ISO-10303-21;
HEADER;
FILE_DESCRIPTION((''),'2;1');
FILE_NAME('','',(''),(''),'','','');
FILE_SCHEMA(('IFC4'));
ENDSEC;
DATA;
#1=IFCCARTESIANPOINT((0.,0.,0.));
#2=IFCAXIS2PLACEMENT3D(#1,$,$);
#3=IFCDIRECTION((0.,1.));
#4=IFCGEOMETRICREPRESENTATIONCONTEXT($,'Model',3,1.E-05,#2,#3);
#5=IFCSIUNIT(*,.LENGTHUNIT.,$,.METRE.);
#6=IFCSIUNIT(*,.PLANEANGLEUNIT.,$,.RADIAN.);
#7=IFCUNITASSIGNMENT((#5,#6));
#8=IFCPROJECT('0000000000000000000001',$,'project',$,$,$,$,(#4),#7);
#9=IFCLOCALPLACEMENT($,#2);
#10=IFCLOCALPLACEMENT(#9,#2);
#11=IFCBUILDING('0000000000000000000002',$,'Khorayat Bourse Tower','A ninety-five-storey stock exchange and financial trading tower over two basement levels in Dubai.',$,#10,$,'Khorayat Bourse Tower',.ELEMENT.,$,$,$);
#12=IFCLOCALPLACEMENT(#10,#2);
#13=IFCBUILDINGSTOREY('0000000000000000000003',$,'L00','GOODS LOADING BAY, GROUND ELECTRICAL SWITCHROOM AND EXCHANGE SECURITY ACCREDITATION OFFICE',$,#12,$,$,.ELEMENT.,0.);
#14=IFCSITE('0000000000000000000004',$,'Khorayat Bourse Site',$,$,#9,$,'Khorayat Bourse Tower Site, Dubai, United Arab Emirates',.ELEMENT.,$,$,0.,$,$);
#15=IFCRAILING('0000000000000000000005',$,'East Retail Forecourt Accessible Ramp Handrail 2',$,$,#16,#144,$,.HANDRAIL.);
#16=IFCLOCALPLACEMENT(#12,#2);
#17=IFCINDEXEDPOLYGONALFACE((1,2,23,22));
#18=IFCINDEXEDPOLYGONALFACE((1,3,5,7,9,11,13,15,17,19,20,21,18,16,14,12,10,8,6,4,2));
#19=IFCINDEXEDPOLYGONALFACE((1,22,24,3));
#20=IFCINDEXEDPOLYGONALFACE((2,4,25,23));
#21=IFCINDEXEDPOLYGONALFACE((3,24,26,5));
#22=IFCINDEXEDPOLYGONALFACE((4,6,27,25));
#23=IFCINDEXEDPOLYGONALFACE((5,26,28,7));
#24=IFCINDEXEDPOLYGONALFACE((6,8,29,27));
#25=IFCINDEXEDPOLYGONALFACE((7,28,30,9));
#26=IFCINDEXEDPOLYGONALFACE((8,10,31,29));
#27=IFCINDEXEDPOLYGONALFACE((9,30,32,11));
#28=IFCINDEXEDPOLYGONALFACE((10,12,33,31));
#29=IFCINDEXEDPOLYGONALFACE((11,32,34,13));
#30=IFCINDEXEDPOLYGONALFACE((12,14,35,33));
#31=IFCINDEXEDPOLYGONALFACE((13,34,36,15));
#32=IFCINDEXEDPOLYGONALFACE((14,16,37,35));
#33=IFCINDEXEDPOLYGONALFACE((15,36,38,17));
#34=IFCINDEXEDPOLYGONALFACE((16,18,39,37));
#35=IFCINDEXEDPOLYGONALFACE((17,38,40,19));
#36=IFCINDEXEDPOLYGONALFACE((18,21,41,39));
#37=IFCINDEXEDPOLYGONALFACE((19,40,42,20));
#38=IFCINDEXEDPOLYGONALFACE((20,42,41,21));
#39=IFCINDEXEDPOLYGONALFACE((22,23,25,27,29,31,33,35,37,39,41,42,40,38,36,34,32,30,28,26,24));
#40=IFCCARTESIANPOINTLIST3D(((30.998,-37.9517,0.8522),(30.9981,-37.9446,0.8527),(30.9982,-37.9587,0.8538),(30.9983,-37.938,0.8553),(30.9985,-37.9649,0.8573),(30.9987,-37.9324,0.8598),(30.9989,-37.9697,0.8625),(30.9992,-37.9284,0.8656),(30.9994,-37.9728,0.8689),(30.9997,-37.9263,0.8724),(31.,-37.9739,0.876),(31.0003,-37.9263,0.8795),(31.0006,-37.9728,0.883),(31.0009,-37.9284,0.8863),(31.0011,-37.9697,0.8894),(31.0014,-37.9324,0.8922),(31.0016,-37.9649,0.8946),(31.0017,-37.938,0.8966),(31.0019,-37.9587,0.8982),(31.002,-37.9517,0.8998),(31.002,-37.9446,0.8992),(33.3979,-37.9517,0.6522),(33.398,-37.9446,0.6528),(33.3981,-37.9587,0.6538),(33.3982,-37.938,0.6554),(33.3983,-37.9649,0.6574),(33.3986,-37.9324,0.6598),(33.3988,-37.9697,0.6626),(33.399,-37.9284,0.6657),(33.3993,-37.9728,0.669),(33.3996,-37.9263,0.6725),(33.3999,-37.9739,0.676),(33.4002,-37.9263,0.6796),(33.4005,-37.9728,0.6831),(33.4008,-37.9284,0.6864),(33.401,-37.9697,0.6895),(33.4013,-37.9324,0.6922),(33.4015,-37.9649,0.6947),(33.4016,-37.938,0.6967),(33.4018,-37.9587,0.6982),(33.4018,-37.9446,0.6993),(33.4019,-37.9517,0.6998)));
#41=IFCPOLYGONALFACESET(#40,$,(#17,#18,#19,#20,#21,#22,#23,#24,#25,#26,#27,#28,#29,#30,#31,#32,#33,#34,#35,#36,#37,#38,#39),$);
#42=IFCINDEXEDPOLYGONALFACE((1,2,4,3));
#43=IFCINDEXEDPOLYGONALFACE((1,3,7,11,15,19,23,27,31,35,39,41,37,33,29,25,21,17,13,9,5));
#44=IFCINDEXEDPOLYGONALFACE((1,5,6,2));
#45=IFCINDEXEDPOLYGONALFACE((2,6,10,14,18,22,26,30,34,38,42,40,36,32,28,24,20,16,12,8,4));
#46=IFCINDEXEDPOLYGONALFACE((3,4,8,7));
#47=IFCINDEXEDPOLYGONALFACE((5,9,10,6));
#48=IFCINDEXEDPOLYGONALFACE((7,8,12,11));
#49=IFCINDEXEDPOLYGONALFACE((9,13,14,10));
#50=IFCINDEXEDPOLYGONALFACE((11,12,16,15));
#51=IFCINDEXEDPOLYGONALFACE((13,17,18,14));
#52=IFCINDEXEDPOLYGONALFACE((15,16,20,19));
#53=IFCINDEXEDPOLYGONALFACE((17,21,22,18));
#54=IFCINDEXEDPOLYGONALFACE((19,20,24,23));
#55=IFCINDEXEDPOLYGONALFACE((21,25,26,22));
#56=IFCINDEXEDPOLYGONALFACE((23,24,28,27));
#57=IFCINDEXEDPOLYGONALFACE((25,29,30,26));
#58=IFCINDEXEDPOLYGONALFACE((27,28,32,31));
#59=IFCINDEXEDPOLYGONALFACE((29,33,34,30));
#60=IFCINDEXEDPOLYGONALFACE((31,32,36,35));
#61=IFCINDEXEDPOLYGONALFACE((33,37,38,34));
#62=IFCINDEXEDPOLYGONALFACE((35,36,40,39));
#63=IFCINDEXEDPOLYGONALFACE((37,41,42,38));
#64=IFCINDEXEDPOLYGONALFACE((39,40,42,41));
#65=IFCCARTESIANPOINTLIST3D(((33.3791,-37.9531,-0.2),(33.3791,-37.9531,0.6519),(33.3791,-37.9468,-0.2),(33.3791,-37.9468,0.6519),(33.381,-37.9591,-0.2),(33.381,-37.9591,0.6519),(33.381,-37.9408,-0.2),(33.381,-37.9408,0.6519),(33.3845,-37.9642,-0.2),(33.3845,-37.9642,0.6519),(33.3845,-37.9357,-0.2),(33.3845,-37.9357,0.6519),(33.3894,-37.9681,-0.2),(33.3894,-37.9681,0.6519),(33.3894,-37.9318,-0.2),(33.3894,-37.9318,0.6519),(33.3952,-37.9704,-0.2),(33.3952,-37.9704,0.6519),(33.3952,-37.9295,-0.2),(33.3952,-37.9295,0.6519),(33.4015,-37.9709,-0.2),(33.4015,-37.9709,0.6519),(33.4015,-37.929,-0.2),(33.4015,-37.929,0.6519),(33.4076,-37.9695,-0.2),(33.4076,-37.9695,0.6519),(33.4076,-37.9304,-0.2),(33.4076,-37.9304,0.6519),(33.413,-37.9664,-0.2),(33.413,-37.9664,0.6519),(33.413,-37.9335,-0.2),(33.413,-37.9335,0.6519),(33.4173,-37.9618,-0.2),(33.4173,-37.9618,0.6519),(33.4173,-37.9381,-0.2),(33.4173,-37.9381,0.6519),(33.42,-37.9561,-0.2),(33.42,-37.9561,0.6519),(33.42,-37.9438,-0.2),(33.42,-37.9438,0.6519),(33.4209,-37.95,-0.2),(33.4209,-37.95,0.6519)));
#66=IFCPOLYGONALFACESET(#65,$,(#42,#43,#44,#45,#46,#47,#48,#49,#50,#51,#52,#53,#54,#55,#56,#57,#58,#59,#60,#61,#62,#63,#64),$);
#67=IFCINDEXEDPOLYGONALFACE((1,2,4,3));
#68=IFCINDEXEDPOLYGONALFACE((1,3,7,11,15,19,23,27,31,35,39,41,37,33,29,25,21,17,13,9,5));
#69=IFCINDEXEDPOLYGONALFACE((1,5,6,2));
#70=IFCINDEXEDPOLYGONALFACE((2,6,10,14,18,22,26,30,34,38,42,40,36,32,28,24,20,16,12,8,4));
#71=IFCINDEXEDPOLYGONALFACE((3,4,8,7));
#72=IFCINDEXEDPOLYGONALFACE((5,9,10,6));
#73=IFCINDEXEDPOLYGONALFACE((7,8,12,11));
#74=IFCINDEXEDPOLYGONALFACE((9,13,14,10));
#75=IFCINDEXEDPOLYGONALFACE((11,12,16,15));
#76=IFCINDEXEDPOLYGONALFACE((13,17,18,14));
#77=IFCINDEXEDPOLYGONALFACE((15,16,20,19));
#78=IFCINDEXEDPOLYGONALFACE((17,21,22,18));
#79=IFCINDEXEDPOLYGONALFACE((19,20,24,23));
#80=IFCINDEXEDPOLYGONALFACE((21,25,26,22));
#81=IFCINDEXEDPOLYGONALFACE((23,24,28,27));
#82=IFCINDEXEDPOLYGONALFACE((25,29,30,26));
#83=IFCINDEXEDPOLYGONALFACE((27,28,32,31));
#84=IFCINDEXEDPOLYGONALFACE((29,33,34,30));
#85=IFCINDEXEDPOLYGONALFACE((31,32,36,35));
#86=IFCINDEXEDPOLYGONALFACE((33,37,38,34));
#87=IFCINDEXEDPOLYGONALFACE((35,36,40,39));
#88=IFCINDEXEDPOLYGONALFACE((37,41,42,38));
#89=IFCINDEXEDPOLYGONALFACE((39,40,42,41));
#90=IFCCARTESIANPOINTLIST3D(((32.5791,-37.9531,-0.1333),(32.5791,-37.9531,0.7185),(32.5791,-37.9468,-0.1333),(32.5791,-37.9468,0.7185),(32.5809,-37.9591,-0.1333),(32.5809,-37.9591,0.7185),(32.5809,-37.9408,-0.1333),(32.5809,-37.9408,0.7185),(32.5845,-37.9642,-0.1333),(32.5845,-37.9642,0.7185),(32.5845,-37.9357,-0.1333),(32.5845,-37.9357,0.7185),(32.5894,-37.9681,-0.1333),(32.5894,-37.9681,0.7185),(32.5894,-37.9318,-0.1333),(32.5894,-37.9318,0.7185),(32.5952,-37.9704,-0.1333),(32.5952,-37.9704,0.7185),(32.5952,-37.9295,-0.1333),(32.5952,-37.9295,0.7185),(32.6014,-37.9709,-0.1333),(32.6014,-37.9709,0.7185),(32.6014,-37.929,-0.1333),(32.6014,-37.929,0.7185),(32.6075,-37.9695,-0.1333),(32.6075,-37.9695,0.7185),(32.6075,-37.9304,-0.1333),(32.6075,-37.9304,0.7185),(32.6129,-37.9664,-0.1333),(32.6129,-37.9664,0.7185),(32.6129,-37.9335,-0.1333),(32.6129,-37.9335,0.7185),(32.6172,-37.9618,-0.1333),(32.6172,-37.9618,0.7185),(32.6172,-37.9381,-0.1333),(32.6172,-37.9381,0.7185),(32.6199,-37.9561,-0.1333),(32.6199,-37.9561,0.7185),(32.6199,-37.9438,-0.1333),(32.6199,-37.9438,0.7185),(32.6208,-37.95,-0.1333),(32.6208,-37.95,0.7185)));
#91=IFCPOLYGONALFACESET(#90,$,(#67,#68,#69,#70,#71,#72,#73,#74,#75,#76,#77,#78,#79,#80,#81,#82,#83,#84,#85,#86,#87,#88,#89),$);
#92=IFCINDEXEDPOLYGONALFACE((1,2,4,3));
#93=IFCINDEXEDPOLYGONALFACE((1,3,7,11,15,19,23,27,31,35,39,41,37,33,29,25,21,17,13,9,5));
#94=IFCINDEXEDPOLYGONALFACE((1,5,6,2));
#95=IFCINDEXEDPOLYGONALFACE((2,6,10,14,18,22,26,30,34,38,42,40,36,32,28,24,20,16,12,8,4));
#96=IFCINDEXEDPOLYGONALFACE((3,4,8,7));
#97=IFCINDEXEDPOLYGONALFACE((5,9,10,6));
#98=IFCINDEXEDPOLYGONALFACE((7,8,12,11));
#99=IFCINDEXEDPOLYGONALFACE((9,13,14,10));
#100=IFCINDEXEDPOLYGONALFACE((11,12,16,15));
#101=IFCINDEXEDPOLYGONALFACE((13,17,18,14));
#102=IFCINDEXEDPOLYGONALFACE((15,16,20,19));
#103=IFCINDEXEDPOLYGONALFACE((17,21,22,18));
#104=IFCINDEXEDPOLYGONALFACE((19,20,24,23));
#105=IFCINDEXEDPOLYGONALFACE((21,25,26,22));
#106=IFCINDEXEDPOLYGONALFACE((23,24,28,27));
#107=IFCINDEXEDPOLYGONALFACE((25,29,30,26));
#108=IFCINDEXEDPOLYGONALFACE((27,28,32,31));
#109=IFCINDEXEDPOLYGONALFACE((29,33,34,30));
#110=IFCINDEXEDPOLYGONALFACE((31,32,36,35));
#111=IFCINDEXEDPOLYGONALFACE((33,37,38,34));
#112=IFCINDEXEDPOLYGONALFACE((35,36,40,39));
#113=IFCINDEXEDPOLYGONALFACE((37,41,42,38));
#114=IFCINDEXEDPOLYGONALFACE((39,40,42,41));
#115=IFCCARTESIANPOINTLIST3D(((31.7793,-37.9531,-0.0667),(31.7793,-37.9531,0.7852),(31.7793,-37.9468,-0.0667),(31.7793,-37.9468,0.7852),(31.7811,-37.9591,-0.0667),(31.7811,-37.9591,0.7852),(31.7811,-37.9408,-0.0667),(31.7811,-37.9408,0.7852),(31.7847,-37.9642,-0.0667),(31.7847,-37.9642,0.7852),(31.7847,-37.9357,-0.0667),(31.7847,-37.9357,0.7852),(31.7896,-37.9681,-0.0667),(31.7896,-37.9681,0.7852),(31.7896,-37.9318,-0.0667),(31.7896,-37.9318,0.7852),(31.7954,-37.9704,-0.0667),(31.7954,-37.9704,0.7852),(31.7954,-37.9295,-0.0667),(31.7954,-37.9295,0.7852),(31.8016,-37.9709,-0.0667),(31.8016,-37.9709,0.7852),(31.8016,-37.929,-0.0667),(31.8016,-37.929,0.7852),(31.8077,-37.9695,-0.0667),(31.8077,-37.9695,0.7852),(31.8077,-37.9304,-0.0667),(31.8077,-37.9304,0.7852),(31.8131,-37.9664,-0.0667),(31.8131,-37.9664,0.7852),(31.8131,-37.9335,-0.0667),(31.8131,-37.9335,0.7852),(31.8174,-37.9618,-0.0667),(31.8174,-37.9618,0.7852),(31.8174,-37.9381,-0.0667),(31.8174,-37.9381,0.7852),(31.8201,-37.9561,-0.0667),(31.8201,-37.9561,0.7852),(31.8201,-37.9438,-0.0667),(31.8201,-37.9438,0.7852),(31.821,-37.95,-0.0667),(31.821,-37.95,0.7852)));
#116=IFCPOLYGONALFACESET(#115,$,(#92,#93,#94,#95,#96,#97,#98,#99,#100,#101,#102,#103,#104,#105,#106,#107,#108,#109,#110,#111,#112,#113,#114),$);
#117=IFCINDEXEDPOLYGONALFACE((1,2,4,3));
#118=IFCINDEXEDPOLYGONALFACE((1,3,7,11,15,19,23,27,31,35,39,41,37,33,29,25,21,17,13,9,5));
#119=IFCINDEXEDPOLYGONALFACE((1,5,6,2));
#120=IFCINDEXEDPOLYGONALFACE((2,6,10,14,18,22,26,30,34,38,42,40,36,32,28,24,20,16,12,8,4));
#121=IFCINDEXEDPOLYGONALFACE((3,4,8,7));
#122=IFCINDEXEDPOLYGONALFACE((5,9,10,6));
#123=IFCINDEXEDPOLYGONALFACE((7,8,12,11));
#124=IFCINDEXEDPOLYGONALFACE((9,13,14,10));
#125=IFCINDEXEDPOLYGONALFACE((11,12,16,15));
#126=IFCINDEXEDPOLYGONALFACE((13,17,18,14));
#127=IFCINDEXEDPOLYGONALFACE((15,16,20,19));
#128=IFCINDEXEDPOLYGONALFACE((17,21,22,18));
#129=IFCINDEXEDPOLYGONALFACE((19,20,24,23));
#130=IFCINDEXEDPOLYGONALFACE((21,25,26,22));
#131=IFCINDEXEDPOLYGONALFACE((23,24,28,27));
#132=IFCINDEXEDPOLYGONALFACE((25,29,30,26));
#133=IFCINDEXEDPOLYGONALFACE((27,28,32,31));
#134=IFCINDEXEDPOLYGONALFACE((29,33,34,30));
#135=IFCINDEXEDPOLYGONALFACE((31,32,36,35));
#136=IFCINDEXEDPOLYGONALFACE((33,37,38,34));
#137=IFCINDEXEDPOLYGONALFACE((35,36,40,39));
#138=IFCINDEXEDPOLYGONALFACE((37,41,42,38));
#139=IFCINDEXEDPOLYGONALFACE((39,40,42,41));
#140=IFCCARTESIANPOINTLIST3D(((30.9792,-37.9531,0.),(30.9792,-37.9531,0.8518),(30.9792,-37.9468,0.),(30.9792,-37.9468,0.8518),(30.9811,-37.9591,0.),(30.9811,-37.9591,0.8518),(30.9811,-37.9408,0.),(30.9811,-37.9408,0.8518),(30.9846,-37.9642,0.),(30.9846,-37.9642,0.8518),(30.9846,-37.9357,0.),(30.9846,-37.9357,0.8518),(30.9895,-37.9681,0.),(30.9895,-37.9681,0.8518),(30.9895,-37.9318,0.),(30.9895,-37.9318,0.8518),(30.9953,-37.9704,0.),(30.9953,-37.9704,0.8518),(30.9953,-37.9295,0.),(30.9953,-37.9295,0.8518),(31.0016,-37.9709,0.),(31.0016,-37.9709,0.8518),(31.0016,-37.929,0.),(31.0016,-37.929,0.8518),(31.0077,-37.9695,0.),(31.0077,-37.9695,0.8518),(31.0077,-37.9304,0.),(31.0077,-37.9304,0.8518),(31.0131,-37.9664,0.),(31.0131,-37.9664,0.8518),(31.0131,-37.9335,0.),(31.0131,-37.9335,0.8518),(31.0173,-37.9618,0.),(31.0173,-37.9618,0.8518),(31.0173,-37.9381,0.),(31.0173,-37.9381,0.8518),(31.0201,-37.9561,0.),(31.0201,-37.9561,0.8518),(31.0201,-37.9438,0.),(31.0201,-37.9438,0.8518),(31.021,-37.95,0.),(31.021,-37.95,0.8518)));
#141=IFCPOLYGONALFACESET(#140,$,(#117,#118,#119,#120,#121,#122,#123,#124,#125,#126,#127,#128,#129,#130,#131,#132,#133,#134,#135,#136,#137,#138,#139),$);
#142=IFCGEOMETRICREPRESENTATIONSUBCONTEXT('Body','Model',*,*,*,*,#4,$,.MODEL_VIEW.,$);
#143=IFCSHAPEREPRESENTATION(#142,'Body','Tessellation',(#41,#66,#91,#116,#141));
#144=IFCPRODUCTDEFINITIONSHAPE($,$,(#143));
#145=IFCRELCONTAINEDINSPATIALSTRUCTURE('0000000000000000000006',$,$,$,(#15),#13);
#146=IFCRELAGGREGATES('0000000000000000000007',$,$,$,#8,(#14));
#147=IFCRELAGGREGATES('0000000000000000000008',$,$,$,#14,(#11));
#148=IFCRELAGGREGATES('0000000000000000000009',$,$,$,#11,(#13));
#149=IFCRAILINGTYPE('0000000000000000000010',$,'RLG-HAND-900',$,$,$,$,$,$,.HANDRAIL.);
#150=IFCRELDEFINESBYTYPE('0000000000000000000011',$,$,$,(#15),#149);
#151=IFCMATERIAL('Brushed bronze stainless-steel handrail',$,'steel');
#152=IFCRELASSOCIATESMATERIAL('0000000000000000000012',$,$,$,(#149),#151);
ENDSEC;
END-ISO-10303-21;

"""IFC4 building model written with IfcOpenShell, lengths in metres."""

from ifc_helpers import new_model, si_unit, direction, frame, origin, origin_2d, place, context, subcontext, project, spatial, circle, extrude, source, transform, mapped, material, type_object, element, save


model = new_model("IFC4")

# Units and contexts
model_context = context("Model", 3, precision=1e-05, world=origin(), true_north=direction((0.0, 1.0)))
body_context = subcontext(model_context, "Body", "Model", "MODEL_VIEW")
ifc_project = project(units=[si_unit("LENGTHUNIT", "METRE"), si_unit("PLANEANGLEUNIT", "RADIAN")], contexts=[model_context])

# Site, building, storey
site_placement = place(None, origin())
site = spatial("IfcSite", under=ifc_project, at=site_placement, Name="Khorayat Bourse Site", LongName="Khorayat Bourse Tower Site, Dubai, United Arab Emirates", CompositionType="ELEMENT", RefElevation=0.0)
building_placement = place(site_placement, origin())
building = spatial("IfcBuilding", under=site, at=building_placement, Name="Khorayat Bourse Tower", Description="A ninety-five-storey stock exchange and financial trading tower over two basement levels in Dubai.", LongName="Khorayat Bourse Tower", CompositionType="ELEMENT")
storey_placement = place(building_placement, origin())
storey = spatial("IfcBuildingStorey", under=building, at=storey_placement, Name="L00", Description="GOODS LOADING BAY, GROUND ELECTRICAL SWITCHROOM AND EXCHANGE SECURITY ACCREDITATION OFFICE", CompositionType="ELEMENT", Elevation=0.0)

# Railing
ifc_material_1 = material(Name="Brushed bronze stainless-steel handrail", Category="steel")
railing_type = type_object("IfcRailingType", Name="RLG-HAND-900", PredefinedType="HANDRAIL", material=ifc_material_1)
shared_shape_1 = source(origin(), body_context, "Body", "SweptSolid", [
    extrude(circle(Radius=0.0239, at=origin_2d()), frame((0.0, 0.0, 0.876), z_axis=(-0.996547, 0.0, 0.083029), x_axis=(0.0, -1.0, 0.0)), (0.0, 0.0, 1.0), 2.4082),
    extrude(circle(Radius=0.021, at=origin_2d()), origin(), (0.0, 0.0, 1.0), 0.8518),
    extrude(circle(Radius=0.021, at=origin_2d()), frame((-0.8, 0.0, 0.0667)), (0.0, 0.0, 1.0), 0.8518),
    extrude(circle(Radius=0.021, at=origin_2d()), frame((-1.5999, 0.0, 0.1333)), (0.0, 0.0, 1.0), 0.8518),
    extrude(circle(Radius=0.021, at=origin_2d()), frame((-2.3999, 0.0, 0.2)), (0.0, 0.0, 1.0), 0.8518),
])
for number, where, name in (
    (1, (33.3999, -37.95, -0.2), "East Retail Forecourt Accessible Ramp Handrail 2"),
):
    element("IfcRailing", number, at=place(storey_placement, frame(where)), inside=storey, type_object=railing_type, Name=name, PredefinedType="HANDRAIL", context=body_context, shape_type="MappedRepresentation", body=[
        mapped(shared_shape_1, transform((0.0, 0.0, 0.0), scale=1.0)),
    ])

save(model, "model.ifc")
